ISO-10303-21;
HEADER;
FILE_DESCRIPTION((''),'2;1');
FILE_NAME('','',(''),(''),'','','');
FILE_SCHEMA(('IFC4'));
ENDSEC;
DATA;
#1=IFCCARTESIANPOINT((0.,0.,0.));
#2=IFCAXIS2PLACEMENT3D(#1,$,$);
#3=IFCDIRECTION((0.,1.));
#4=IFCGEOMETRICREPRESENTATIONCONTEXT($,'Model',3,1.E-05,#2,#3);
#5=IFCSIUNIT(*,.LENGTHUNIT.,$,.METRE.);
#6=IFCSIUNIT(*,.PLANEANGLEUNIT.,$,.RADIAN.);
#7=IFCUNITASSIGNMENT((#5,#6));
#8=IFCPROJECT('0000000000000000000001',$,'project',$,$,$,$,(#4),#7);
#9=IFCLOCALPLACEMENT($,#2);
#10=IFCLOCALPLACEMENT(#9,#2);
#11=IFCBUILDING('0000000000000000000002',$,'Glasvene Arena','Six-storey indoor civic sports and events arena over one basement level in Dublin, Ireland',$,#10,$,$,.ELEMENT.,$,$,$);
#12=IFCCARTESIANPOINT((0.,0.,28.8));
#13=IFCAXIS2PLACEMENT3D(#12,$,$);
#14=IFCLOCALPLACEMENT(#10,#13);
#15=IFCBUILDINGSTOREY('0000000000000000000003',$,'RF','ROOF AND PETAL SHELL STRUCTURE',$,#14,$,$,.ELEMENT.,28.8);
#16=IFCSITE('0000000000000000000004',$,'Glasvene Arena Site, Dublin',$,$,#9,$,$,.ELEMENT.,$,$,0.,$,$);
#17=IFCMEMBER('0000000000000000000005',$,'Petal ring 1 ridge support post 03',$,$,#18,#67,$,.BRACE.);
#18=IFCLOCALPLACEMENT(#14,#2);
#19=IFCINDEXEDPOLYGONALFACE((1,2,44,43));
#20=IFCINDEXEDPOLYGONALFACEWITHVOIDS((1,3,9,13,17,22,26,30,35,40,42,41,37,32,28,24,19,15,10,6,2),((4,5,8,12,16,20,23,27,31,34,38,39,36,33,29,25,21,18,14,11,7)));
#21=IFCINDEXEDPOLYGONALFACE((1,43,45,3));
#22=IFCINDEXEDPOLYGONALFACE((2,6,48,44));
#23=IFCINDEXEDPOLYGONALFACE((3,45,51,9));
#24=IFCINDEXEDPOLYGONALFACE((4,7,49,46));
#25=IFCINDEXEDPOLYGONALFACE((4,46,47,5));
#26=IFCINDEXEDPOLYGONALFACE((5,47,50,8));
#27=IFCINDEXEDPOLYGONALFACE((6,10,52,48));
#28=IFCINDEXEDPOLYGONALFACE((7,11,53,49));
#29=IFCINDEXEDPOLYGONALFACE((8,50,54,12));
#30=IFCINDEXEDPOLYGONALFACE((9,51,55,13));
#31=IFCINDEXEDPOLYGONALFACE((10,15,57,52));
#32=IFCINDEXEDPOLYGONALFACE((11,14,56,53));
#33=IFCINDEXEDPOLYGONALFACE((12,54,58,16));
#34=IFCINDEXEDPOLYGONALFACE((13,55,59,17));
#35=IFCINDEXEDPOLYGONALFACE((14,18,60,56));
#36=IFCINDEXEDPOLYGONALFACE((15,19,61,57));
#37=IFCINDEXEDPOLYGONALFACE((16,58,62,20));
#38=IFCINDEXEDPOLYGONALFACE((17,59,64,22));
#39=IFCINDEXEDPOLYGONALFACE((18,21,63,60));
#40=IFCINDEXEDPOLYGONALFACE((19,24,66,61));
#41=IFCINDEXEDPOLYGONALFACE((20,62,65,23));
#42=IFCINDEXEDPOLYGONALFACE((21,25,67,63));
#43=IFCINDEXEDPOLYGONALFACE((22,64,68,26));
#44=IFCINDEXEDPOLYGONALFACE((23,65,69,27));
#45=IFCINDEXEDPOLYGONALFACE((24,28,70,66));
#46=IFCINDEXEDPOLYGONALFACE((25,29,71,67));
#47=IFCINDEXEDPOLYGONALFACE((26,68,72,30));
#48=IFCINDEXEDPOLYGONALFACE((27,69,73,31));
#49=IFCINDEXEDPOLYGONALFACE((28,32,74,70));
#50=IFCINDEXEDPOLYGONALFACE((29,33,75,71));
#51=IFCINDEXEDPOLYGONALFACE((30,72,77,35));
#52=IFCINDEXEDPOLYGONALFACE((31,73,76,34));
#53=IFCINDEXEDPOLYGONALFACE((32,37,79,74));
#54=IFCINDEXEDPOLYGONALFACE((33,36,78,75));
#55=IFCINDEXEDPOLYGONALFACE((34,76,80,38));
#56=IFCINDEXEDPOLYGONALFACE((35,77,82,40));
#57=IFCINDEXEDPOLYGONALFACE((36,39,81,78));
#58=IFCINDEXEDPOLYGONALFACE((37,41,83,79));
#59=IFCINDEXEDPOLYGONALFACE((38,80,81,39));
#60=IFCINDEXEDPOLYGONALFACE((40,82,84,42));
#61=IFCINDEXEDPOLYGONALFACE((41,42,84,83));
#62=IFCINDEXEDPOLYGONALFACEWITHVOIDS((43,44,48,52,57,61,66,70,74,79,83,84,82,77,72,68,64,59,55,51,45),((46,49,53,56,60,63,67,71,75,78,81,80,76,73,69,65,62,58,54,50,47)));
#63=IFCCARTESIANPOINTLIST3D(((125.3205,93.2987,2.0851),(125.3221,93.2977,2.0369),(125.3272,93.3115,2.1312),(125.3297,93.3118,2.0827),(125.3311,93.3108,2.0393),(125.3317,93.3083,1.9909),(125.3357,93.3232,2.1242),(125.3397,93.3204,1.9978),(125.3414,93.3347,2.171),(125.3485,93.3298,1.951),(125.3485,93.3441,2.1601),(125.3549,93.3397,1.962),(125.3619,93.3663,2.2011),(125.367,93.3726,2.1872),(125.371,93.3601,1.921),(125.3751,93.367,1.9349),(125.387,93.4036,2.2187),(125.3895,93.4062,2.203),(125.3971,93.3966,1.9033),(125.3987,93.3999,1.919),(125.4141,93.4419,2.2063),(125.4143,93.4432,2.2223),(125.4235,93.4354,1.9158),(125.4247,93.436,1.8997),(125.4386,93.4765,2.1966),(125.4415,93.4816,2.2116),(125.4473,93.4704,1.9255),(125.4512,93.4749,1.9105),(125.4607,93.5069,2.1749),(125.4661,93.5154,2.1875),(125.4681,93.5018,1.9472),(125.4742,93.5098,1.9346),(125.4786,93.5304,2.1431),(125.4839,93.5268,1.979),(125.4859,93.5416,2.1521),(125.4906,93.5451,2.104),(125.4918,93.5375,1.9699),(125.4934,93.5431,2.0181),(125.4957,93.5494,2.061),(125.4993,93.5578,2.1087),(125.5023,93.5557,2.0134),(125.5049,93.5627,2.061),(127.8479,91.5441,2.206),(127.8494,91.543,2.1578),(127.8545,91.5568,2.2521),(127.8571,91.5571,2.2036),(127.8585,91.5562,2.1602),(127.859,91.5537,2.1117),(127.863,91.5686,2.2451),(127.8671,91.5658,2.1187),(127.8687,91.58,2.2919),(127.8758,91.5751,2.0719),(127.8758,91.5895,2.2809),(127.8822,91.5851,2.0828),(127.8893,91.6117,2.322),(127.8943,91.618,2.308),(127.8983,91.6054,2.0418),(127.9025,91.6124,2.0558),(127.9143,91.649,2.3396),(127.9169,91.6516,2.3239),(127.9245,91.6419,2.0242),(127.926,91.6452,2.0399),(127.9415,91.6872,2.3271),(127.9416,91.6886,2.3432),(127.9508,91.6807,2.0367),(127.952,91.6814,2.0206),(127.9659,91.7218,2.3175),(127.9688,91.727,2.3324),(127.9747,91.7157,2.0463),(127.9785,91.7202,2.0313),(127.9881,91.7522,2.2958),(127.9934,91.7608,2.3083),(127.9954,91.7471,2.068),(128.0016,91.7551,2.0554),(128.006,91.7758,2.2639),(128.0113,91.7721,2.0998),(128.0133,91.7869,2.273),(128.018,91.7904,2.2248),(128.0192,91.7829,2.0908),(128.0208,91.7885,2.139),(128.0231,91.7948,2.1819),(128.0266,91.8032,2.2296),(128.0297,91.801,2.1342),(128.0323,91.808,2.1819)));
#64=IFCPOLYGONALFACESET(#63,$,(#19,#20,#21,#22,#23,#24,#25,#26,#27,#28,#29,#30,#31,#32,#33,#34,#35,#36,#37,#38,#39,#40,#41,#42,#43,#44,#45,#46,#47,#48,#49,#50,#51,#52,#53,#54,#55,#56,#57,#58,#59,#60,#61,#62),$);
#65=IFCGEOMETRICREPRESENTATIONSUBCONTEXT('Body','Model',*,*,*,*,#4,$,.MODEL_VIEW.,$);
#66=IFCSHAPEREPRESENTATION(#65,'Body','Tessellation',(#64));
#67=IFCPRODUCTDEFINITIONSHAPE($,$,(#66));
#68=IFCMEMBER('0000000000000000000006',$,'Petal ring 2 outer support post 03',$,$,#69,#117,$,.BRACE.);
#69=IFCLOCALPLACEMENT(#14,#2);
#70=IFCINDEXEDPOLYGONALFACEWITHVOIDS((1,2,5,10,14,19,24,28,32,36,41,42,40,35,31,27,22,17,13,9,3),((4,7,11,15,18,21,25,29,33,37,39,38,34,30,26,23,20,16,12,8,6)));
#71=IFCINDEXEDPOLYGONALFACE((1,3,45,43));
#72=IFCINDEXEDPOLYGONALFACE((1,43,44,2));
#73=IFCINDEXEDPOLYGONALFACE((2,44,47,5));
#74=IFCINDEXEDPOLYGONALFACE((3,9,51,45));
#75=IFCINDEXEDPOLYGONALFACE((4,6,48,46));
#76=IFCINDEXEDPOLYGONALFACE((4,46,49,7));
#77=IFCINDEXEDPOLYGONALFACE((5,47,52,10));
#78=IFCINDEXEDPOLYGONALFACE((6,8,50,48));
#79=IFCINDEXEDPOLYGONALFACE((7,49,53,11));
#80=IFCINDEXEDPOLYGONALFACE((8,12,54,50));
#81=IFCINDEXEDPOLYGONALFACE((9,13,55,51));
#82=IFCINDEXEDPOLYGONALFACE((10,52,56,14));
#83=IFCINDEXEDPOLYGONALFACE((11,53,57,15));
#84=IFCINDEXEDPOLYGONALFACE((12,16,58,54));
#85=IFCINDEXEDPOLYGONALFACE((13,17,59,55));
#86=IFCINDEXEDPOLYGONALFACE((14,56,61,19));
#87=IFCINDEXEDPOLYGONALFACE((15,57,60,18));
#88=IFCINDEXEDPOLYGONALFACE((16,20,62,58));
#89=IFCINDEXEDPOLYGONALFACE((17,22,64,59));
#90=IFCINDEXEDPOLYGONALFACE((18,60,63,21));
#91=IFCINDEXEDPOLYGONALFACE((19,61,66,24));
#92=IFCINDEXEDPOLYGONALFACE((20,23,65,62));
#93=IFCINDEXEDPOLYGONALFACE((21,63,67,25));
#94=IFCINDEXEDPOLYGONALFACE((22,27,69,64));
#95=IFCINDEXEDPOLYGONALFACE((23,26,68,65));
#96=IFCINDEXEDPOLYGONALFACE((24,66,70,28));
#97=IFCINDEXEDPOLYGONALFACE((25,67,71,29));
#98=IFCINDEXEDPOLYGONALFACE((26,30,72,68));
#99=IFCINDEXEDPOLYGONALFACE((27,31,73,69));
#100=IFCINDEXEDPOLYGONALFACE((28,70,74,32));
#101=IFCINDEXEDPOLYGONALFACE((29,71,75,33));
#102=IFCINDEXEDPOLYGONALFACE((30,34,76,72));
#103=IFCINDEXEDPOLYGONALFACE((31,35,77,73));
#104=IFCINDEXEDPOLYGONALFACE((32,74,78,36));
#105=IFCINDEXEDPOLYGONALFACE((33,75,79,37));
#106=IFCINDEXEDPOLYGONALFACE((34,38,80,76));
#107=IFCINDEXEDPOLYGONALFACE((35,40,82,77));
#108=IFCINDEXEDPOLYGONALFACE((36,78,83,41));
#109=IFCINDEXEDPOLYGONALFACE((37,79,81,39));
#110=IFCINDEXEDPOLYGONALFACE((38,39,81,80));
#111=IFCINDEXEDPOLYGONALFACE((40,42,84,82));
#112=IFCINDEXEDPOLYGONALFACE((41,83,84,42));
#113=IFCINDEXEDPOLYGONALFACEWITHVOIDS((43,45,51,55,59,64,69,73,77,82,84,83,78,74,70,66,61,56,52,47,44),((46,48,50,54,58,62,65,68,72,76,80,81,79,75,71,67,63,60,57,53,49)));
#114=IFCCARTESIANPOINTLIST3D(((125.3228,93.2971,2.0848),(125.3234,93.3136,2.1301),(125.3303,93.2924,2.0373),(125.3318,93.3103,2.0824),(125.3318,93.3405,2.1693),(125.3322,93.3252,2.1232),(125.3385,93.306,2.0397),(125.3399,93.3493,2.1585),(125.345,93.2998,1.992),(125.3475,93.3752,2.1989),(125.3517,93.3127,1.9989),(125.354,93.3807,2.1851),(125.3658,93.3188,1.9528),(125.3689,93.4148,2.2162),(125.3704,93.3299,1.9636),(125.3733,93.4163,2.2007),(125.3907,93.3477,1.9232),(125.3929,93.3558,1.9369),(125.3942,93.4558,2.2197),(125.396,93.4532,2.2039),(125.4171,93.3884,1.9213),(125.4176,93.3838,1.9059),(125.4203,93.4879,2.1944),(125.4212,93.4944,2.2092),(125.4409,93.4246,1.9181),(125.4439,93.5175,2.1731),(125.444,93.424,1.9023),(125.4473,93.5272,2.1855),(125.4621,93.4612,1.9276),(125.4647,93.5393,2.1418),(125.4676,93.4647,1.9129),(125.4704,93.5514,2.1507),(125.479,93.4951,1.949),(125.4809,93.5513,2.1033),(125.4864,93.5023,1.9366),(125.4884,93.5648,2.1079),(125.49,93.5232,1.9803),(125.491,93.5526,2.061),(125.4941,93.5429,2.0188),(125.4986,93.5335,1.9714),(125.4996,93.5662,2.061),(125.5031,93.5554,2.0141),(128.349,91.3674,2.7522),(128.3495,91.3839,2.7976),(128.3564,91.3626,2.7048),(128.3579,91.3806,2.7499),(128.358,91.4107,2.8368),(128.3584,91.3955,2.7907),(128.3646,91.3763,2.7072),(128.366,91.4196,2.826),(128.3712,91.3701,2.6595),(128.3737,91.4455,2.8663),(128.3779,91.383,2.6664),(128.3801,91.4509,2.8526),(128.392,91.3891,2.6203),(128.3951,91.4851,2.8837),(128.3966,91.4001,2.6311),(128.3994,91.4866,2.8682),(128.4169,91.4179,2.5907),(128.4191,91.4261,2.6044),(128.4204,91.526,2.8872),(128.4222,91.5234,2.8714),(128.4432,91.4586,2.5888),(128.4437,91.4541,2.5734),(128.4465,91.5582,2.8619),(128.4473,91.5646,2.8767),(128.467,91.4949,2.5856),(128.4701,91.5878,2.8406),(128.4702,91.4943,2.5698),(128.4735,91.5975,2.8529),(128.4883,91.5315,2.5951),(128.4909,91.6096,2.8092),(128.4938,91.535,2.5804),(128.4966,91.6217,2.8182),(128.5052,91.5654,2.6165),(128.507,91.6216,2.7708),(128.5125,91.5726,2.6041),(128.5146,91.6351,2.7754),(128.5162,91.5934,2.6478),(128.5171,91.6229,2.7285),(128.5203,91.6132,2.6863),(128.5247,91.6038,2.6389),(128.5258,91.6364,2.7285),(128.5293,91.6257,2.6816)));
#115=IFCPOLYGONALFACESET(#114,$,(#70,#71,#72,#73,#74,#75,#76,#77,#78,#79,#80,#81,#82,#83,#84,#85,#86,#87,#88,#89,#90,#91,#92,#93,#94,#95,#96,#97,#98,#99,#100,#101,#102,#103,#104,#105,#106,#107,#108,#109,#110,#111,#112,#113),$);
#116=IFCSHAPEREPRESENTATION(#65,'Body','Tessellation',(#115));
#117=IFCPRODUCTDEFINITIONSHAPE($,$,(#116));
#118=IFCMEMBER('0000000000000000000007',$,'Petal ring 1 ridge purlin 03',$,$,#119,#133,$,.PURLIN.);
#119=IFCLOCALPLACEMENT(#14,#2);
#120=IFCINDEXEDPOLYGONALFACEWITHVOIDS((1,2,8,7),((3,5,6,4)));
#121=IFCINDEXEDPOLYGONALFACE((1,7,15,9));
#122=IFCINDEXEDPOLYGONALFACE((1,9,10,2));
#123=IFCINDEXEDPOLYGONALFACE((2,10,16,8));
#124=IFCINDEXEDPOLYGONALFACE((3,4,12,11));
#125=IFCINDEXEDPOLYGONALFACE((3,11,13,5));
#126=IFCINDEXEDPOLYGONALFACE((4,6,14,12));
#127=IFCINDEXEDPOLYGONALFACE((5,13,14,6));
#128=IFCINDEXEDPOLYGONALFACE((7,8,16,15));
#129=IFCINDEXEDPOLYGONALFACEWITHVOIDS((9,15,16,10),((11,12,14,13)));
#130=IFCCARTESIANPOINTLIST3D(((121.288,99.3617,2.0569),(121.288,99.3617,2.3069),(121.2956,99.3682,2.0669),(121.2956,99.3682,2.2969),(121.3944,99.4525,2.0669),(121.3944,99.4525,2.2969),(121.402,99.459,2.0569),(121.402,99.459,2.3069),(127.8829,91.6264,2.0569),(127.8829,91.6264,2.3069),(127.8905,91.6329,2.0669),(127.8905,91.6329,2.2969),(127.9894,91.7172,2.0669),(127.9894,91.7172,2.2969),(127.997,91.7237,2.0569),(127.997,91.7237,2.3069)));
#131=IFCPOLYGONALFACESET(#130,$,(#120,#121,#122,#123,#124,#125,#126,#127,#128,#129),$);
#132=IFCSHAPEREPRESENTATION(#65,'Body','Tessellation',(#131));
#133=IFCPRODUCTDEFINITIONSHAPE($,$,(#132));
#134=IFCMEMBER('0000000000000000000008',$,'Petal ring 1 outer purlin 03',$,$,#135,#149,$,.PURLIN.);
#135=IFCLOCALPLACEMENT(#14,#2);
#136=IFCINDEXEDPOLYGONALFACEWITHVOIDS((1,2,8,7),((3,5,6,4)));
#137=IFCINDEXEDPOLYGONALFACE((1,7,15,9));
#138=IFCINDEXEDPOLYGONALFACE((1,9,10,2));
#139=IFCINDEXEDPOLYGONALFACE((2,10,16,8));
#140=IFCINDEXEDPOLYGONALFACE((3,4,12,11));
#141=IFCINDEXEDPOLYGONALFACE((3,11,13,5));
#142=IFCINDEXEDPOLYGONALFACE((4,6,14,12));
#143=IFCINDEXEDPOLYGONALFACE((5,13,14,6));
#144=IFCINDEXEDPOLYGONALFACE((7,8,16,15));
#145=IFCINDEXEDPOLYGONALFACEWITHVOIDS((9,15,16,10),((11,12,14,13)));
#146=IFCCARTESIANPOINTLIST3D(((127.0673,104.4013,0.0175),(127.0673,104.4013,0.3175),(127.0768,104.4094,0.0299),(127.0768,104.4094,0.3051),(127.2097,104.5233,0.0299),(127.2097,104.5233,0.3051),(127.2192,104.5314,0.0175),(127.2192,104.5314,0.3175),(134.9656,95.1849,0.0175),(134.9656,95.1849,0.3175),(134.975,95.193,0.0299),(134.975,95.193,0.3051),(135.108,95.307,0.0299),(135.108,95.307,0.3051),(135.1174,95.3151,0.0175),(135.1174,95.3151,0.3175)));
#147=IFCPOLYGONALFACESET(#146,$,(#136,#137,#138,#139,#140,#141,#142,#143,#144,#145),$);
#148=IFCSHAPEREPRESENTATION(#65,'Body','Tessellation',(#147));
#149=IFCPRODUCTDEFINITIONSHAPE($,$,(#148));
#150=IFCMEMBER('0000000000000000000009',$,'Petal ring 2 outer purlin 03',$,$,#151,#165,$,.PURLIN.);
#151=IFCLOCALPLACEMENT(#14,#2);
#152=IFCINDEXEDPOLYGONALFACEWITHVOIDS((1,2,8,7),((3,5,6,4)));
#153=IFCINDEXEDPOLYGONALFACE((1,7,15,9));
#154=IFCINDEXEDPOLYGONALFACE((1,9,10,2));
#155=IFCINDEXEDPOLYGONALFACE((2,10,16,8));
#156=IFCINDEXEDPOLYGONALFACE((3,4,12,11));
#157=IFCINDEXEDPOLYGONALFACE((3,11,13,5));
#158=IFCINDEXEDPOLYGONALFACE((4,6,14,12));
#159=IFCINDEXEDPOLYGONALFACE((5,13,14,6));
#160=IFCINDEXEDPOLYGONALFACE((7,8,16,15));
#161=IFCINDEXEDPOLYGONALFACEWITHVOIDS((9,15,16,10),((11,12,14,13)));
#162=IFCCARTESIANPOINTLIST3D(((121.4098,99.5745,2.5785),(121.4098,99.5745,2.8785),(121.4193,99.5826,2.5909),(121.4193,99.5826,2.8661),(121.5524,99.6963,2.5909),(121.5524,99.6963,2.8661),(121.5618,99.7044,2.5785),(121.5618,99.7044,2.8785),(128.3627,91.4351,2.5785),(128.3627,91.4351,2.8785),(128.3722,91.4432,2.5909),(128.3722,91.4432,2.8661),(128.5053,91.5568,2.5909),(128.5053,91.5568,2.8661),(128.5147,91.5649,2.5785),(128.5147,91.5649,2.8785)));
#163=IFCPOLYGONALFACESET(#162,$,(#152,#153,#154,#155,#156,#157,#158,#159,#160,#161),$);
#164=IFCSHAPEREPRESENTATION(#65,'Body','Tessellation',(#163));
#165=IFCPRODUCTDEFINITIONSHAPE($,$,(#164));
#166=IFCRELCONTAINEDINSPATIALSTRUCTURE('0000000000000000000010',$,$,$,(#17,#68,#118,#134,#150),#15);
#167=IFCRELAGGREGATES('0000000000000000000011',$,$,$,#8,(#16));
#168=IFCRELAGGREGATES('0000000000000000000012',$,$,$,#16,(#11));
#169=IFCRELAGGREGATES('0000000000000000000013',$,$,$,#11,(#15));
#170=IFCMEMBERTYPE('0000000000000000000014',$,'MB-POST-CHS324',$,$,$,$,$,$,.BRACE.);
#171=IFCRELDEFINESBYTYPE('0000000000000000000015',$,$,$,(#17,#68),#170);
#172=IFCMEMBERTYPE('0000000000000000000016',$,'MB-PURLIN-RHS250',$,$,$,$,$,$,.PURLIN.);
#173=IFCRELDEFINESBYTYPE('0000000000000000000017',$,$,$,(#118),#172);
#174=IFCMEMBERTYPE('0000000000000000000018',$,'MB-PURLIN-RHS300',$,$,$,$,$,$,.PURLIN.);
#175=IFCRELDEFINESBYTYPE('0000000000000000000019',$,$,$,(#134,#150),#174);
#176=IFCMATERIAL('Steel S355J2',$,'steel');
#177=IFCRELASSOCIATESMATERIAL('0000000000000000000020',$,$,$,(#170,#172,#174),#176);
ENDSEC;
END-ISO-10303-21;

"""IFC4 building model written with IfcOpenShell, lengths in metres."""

from ifc_helpers import new_model, si_unit, direction, frame, origin, origin_2d, place, context, subcontext, project, spatial, hollow_rectangle, hollow_circle, extrude, material, material_profile, profile_set, type_object, element, save


model = new_model("IFC4")

# Units and contexts
model_context = context("Model", 3, precision=1e-05, world=origin(), true_north=direction((0.0, 1.0)))
body_context = subcontext(model_context, "Body", "Model", "MODEL_VIEW")
ifc_project = project(units=[si_unit("LENGTHUNIT", "METRE"), si_unit("PLANEANGLEUNIT", "RADIAN")], contexts=[model_context])

# Site, building, storey
site_placement = place(None, origin())
site = spatial("IfcSite", under=ifc_project, at=site_placement, Name="Glasvene Arena Site, Dublin", CompositionType="ELEMENT", RefElevation=0.0)
building_placement = place(site_placement, origin())
building = spatial("IfcBuilding", under=site, at=building_placement, Name="Glasvene Arena", Description="Six-storey indoor civic sports and events arena over one basement level in Dublin, Ireland", CompositionType="ELEMENT")
storey_placement = place(building_placement, frame((0.0, 0.0, 28.8)))
storey = spatial("IfcBuildingStorey", under=building, at=storey_placement, Name="RF", Description="ROOF AND PETAL SHELL STRUCTURE", CompositionType="ELEMENT", Elevation=28.8)

# Members
ifc_material_1 = material(Name="Steel S355J2", Category="steel")
ifc_material_profile_1 = material_profile(ifc_material_1, hollow_circle(Radius=0.1619, WallThickness=0.0161, at=origin_2d()), Name="CHS 323.9x16.0")
ifc_profile_set_1 = profile_set([ifc_material_profile_1], Name="Steel S355J2")
member_type_1 = type_object("IfcMemberType", Name="MB-POST-CHS324", PredefinedType="BRACE", material=ifc_profile_set_1)
member_1_placement = place(storey_placement, frame((125.4126, 93.4297, 2.061), z_axis=(0.820807, -0.569855, 0.039248), x_axis=(0.570295, 0.82144, 0.0)))
element("IfcMember", 1, at=member_1_placement, inside=storey, type_object=member_type_1, Name="Petal ring 1 ridge support post 03", PredefinedType="BRACE", context=body_context, shape_type="SweptSolid", body=[
    extrude(hollow_circle(Radius=0.1619, WallThickness=0.0161, at=origin_2d()), origin(), (0.0, 0.0, 1.0), 3.0791),
])
member_2_placement = place(storey_placement, frame((125.4126, 93.4297, 2.061), z_axis=(0.828946, -0.528599, 0.182843), x_axis=(0.537663, 0.84316, 0.0)))
element("IfcMember", 2, at=member_2_placement, inside=storey, type_object=member_type_1, Name="Petal ring 2 outer support post 03", PredefinedType="BRACE", context=body_context, shape_type="SweptSolid", body=[
    extrude(hollow_circle(Radius=0.1619, WallThickness=0.0161, at=origin_2d()), origin(), (0.0, 0.0, 1.0), 3.6506),
])
ifc_material_profile_2 = material_profile(ifc_material_1, hollow_rectangle(XDim=0.1499, YDim=0.25, WallThickness=0.01, at=origin_2d()), Name="RHS 250x150x10.0")
ifc_profile_set_2 = profile_set([ifc_material_profile_2], Name="Steel S355J2")
member_type_2 = type_object("IfcMemberType", Name="MB-PURLIN-RHS250", PredefinedType="PURLIN", material=ifc_profile_set_2)
member_3_placement = place(storey_placement, frame((127.9399, 91.675, 2.1819), z_axis=(-0.648785, 0.760971, 0.0), x_axis=(-0.760971, -0.648785, 0.0)))
element("IfcMember", 3, at=member_3_placement, inside=storey, type_object=member_type_2, Name="Petal ring 1 ridge purlin 03", PredefinedType="PURLIN", context=body_context, shape_type="SweptSolid", body=[
    extrude(hollow_rectangle(XDim=0.1499, YDim=0.25, WallThickness=0.01, at=origin_2d()), origin(), (0.0, 0.0, 1.0), 10.165),
])
ifc_material_profile_3 = material_profile(ifc_material_1, hollow_rectangle(XDim=0.2, YDim=0.3, WallThickness=0.0125, at=origin_2d()), Name="RHS 300x200x12.5")
ifc_profile_set_3 = profile_set([ifc_material_profile_3], Name="Steel S355J2")
member_type_3 = type_object("IfcMemberType", Name="MB-PURLIN-RHS300", PredefinedType="PURLIN", material=ifc_profile_set_3)
member_4_placement = place(storey_placement, frame((135.0415, 95.25, 0.1675), z_axis=(-0.65072, 0.759318, 0.0), x_axis=(-0.759318, -0.65072, 0.0)))
element("IfcMember", 4, at=member_4_placement, inside=storey, type_object=member_type_3, Name="Petal ring 1 outer purlin 03", PredefinedType="PURLIN", context=body_context, shape_type="SweptSolid", body=[
    extrude(hollow_rectangle(XDim=0.2, YDim=0.3, WallThickness=0.0125, at=origin_2d()), origin(), (0.0, 0.0, 1.0), 12.1377),
])
member_5_placement = place(storey_placement, frame((128.4387, 91.5, 2.7285), z_axis=(-0.649511, 0.760352, 0.0), x_axis=(-0.760352, -0.649511, 0.0)))
element("IfcMember", 5, at=member_5_placement, inside=storey, type_object=member_type_3, Name="Petal ring 2 outer purlin 03", PredefinedType="PURLIN", context=body_context, shape_type="SweptSolid", body=[
    extrude(hollow_rectangle(XDim=0.2, YDim=0.3, WallThickness=0.0125, at=origin_2d()), origin(), (0.0, 0.0, 1.0), 10.7048),
])

save(model, "model.ifc")
